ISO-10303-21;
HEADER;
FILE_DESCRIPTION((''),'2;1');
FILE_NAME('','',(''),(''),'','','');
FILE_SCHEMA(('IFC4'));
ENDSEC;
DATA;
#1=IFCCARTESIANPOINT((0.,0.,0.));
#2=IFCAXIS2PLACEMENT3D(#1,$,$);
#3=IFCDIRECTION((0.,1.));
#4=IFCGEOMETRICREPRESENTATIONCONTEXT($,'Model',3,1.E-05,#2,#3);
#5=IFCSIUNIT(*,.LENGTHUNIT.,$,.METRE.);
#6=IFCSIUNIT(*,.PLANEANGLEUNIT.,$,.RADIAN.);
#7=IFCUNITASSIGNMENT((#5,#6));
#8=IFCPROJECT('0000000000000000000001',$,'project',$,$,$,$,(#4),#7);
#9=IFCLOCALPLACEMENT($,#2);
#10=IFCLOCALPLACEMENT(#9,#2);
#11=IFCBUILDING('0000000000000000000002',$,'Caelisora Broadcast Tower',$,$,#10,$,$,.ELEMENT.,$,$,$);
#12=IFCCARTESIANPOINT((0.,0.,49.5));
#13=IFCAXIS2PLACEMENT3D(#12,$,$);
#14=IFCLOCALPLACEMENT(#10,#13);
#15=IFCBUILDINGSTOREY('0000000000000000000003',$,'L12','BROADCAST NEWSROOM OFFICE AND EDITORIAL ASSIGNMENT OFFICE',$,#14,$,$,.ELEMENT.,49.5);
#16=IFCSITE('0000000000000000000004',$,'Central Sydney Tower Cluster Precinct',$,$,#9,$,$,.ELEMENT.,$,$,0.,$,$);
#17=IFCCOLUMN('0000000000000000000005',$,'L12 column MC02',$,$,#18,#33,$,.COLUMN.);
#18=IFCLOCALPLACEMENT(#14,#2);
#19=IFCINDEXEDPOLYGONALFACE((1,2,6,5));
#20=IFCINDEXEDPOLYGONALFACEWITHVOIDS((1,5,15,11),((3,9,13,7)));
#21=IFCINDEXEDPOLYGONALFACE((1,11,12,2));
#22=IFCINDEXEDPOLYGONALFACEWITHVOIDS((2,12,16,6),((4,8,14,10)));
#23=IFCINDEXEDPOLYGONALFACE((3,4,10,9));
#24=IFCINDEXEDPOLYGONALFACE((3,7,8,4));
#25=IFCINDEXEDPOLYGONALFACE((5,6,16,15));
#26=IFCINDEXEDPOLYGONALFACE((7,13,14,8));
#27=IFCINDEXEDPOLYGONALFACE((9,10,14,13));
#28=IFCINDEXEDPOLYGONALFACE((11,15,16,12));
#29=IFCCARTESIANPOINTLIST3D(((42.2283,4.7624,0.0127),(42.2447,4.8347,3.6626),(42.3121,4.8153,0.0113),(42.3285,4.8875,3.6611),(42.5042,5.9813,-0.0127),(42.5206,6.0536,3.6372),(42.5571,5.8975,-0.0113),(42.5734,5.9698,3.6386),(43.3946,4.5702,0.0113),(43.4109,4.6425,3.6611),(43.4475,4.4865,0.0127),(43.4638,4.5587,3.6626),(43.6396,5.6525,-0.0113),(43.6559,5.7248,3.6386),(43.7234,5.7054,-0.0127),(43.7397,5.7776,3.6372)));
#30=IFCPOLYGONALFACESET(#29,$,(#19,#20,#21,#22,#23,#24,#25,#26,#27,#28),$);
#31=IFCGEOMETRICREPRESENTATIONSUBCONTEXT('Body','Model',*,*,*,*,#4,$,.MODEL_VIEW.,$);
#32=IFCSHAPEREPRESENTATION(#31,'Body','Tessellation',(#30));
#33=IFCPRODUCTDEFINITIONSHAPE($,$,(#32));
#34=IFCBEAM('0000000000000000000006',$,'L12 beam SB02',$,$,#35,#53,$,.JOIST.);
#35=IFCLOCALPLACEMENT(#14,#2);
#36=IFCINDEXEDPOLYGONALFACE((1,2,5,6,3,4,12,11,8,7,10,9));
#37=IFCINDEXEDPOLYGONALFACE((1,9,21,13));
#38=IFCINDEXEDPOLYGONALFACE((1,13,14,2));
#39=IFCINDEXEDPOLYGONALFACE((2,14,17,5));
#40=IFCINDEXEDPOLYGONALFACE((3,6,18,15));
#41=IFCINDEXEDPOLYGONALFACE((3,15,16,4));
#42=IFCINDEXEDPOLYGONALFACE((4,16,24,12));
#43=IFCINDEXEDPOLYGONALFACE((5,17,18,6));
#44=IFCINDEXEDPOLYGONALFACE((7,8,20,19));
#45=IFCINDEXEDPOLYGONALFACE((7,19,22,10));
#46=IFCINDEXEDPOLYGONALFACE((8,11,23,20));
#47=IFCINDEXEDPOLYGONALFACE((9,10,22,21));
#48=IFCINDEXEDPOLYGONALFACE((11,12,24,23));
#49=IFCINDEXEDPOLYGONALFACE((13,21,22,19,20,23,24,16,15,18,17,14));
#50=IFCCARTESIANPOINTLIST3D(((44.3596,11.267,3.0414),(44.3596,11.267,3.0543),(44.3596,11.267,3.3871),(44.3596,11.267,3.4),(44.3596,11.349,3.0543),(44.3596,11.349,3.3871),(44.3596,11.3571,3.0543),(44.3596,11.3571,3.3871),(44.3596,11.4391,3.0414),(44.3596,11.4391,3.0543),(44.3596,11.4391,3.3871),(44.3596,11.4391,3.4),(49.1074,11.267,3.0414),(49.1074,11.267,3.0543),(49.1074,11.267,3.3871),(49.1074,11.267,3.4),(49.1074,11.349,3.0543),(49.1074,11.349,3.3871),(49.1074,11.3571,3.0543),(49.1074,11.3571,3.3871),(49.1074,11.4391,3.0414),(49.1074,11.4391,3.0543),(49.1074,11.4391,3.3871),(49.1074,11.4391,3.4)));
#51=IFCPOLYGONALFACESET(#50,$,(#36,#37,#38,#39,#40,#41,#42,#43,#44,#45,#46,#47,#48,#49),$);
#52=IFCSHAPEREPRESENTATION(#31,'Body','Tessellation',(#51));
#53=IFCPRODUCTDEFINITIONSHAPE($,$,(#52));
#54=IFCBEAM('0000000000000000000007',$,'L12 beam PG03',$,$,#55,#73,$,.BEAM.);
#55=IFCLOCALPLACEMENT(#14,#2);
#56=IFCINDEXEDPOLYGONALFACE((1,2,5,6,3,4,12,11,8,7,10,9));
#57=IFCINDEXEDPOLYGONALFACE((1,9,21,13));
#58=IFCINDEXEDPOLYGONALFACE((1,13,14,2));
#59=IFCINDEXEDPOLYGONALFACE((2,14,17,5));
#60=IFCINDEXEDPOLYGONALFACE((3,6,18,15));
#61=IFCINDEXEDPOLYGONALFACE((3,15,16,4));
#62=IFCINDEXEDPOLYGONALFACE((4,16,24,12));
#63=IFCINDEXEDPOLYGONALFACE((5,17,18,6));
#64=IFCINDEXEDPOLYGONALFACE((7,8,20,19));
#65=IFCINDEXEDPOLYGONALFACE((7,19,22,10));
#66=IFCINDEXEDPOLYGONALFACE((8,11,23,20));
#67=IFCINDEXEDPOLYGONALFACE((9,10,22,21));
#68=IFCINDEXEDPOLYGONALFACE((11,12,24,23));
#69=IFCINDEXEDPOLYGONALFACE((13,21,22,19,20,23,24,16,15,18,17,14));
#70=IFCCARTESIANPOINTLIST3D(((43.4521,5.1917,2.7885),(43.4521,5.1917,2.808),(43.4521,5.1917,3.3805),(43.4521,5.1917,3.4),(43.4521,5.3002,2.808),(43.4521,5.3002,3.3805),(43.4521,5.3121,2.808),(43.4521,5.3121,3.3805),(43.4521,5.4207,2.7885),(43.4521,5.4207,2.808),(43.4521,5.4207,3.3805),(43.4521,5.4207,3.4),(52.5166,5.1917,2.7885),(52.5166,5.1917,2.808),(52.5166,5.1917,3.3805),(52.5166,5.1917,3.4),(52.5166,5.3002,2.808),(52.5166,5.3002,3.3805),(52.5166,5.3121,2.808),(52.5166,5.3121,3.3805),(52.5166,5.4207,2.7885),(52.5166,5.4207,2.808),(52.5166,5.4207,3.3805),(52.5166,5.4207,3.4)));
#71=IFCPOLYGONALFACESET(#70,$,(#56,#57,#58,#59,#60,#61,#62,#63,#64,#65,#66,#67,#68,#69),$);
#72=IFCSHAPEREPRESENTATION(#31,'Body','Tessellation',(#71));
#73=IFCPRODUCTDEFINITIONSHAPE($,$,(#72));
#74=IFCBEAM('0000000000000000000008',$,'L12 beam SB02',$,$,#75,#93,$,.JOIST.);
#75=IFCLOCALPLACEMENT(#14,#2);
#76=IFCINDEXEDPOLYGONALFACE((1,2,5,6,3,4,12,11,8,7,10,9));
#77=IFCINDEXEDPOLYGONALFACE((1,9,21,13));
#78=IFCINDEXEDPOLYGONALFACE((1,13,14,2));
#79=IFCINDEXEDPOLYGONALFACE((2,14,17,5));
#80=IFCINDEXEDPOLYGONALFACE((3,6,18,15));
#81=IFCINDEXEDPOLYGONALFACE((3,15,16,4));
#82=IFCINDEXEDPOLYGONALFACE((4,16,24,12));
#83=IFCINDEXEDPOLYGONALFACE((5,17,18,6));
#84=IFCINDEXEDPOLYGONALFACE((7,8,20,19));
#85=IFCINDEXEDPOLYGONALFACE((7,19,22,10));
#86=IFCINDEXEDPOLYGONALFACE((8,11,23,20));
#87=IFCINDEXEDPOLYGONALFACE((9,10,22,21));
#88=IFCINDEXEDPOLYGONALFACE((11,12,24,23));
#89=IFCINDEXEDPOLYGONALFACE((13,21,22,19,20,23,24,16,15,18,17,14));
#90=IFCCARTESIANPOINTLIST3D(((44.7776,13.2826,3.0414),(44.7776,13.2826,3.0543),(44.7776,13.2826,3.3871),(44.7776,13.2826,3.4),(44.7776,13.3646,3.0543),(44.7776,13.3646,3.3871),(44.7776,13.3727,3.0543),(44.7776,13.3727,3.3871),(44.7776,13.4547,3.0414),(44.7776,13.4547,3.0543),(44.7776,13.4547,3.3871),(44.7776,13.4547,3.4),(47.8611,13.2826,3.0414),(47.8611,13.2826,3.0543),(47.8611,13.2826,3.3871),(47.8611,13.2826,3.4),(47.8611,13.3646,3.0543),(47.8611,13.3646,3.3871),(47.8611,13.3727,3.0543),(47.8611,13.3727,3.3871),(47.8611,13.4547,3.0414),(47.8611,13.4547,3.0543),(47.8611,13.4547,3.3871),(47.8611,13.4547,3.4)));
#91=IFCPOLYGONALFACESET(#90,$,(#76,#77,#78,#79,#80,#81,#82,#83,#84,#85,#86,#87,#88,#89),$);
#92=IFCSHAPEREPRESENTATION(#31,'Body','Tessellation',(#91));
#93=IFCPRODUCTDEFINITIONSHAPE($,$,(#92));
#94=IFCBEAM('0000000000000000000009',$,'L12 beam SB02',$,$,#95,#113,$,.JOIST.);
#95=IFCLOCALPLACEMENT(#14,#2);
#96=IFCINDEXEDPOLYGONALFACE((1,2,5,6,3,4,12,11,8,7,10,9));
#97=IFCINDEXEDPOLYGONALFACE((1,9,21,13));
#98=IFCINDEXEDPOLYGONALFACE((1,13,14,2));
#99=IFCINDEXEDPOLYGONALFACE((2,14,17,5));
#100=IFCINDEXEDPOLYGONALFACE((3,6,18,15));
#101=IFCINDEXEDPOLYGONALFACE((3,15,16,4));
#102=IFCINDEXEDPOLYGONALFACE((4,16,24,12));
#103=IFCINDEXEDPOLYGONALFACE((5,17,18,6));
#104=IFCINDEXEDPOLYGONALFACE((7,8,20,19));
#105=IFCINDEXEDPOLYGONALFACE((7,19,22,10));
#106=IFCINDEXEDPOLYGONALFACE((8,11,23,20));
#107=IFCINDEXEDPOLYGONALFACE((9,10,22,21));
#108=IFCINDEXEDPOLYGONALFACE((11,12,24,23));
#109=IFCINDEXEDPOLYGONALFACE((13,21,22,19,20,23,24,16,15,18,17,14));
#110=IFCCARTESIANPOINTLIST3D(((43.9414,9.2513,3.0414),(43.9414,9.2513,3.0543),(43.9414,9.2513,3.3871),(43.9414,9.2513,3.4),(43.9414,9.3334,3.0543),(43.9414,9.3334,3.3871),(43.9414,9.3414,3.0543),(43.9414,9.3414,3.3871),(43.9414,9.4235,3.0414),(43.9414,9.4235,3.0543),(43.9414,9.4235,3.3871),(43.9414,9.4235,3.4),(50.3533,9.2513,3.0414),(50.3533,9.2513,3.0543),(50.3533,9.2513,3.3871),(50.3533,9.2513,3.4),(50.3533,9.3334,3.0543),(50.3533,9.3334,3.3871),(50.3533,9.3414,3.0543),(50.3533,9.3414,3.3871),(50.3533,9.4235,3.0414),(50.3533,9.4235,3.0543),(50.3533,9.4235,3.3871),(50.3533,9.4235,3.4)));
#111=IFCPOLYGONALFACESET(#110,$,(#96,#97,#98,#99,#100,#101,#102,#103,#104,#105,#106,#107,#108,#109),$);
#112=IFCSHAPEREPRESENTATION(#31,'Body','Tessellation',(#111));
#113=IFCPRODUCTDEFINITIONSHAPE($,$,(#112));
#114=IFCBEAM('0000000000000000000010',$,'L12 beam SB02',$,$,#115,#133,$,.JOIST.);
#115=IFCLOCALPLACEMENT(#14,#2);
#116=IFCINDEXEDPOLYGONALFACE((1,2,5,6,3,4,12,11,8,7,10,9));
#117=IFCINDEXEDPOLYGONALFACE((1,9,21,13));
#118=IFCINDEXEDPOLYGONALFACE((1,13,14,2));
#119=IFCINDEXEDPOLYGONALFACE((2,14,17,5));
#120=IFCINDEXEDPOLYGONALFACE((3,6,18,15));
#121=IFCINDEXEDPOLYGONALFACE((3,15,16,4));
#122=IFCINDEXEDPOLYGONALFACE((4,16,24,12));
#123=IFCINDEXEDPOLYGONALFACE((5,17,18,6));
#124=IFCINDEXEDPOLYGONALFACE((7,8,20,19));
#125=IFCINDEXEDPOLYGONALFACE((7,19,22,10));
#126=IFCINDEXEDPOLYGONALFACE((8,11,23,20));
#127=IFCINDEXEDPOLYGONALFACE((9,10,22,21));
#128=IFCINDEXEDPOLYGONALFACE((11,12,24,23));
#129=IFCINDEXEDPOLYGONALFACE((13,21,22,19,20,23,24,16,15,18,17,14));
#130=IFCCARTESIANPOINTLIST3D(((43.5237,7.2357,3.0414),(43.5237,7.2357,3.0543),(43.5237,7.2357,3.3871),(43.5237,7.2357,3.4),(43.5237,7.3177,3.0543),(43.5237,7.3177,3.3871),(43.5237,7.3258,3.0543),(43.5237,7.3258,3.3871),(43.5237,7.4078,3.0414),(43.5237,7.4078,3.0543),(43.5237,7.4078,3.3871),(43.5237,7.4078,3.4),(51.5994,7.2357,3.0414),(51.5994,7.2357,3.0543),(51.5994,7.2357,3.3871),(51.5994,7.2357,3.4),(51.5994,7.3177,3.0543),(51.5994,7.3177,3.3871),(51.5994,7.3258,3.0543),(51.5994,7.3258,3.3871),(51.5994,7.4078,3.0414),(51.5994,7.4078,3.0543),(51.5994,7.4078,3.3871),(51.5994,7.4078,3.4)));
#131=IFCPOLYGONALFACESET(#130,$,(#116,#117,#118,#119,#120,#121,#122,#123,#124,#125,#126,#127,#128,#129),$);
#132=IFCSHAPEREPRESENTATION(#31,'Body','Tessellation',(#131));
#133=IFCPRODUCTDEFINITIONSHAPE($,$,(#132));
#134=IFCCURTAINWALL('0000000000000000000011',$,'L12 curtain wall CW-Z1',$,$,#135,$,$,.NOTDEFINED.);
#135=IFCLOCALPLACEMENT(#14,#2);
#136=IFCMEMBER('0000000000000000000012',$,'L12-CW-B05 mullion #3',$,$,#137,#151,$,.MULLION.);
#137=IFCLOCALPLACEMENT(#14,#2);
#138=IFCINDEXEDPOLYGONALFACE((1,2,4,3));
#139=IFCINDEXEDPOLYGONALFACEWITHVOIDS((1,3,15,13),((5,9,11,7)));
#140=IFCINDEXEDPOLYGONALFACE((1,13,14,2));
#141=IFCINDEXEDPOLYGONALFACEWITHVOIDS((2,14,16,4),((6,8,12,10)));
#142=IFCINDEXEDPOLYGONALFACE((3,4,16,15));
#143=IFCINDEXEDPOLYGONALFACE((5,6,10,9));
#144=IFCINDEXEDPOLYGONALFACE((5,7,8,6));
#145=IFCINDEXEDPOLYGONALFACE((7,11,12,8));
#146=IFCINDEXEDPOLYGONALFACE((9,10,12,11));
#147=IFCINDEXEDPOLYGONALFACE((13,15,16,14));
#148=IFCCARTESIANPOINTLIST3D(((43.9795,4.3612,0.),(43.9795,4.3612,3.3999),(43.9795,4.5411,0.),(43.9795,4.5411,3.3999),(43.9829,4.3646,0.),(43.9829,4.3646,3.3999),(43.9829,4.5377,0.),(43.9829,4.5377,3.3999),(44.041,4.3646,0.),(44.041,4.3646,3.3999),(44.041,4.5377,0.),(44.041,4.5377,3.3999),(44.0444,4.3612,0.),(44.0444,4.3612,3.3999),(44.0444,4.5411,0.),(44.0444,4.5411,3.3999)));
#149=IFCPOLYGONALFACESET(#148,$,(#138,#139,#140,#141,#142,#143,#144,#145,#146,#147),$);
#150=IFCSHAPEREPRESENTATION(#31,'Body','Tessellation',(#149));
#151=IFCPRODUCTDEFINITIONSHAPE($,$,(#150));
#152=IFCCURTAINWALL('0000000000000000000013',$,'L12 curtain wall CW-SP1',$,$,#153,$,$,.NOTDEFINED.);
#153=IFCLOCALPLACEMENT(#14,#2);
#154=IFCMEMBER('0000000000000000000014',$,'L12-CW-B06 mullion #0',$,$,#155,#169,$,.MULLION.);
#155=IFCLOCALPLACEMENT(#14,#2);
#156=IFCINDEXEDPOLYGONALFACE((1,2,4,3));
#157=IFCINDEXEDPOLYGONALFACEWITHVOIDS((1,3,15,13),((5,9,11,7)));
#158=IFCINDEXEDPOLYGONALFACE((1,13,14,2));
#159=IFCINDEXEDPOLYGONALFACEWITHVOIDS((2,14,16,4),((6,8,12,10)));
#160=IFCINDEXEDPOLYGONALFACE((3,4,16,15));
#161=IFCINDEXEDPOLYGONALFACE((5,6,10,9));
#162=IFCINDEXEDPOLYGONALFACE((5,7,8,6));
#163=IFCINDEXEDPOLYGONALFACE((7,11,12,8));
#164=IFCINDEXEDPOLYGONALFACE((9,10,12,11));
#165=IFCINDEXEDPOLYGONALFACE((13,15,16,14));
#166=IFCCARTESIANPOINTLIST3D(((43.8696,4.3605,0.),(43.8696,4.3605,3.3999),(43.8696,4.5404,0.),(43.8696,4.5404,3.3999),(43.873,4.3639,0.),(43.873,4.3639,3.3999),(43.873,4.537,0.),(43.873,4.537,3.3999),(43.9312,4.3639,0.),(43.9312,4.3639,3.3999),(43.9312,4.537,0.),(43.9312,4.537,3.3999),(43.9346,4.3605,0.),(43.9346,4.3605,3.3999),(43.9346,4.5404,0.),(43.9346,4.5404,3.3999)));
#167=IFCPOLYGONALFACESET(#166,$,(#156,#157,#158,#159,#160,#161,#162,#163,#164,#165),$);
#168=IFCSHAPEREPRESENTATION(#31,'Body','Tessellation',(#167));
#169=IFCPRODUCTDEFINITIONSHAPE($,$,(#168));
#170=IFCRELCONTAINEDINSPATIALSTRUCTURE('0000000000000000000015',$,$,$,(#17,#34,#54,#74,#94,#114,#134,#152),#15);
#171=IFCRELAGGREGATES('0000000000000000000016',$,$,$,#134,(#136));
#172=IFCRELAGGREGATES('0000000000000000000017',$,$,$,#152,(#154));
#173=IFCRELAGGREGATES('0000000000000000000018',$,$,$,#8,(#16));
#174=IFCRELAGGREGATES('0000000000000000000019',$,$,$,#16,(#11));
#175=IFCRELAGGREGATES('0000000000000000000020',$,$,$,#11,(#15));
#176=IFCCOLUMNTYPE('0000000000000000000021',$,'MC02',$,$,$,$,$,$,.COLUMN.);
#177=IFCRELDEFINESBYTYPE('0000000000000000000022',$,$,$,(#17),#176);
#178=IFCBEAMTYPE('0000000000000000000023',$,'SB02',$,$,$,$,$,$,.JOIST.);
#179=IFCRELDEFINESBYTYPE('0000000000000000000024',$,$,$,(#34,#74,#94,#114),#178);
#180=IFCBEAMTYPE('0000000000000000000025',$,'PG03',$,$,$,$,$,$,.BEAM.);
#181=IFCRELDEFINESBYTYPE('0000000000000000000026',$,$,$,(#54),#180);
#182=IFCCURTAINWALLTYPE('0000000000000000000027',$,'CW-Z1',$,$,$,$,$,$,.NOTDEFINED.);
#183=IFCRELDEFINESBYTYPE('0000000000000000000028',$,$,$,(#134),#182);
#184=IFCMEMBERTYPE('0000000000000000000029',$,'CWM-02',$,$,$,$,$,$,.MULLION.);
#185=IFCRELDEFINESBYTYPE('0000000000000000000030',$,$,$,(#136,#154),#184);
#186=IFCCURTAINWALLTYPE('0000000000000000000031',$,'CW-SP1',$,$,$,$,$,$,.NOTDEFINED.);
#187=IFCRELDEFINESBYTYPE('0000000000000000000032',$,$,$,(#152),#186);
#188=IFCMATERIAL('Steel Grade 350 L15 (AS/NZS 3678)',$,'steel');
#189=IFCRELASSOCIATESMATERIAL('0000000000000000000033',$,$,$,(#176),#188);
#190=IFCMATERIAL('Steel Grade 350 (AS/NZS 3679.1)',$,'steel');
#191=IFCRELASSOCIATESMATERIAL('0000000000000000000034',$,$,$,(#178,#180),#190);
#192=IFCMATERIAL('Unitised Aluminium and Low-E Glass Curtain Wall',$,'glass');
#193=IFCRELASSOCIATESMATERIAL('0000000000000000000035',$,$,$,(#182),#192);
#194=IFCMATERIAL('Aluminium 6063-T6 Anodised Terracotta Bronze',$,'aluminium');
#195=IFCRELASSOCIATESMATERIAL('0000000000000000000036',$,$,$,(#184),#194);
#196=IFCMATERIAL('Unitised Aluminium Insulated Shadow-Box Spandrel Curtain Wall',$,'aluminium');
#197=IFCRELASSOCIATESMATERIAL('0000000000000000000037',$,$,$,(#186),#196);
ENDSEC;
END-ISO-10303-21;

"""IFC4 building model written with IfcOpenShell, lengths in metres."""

from ifc_helpers import new_model, si_unit, direction, frame, origin, origin_2d, place, context, subcontext, project, spatial, hollow_rectangle, i_section, extrude, source, transform, mapped, material, material_profile, profile_set, type_object, type_shapes, element, aggregate, save


model = new_model("IFC4")

# Units and contexts
model_context = context("Model", 3, precision=1e-05, world=origin(), true_north=direction((0.0, 1.0)))
body_context = subcontext(model_context, "Body", "Model", "MODEL_VIEW")
ifc_project = project(units=[si_unit("LENGTHUNIT", "METRE"), si_unit("PLANEANGLEUNIT", "RADIAN")], contexts=[model_context])

# Site, building, storey
site_placement = place(None, origin())
site = spatial("IfcSite", under=ifc_project, at=site_placement, Name="Central Sydney Tower Cluster Precinct", CompositionType="ELEMENT", RefElevation=0.0)
building_placement = place(site_placement, origin())
building = spatial("IfcBuilding", under=site, at=building_placement, Name="Caelisora Broadcast Tower", CompositionType="ELEMENT")
storey_placement = place(building_placement, frame((0.0, 0.0, 49.5)))
storey = spatial("IfcBuildingStorey", under=building, at=storey_placement, Name="L12", Description="BROADCAST NEWSROOM OFFICE AND EDITORIAL ASSIGNMENT OFFICE", CompositionType="ELEMENT", Elevation=49.5)

# Column
ifc_material_1 = material(Name="Steel Grade 350 L15 (AS/NZS 3678)", Category="steel")
ifc_material_profile_1 = material_profile(ifc_material_1, hollow_rectangle(XDim=1.25, YDim=1.25, WallThickness=0.0701, at=origin_2d()), Name="Steel Grade 350 L15 (AS/NZS 3678)")
ifc_profile_set_1 = profile_set([ifc_material_profile_1], Name="Steel Grade 350 L15 (AS/NZS 3678)")
column_type = type_object("IfcColumnType", Name="MC02", PredefinedType="COLUMN", material=ifc_profile_set_1)
shared_shape_1 = source(origin(), body_context, "Body", "SweptSolid", [
    extrude(hollow_rectangle(XDim=1.25, YDim=1.25, WallThickness=0.0701, at=origin_2d()), origin(), (0.0, 0.0, 1.0), 3.6506),
])
type_shapes(column_type, [shared_shape_1])
column_placement = place(storey_placement, frame((42.9758, 5.2339, 0.0), z_axis=(0.004481, 0.019795, 0.999794), x_axis=(-0.975327, 0.220767, 0.0)))
element("IfcColumn", 1, at=column_placement, inside=storey, type_object=column_type, Name="L12 column MC02", PredefinedType="COLUMN", context=body_context, shape_type="MappedRepresentation", body=[
    mapped(shared_shape_1, transform((0.0, 0.0, 0.0), scale=1.0)),
])

# Beams
ifc_material_2 = material(Name="Steel Grade 350 (AS/NZS 3679.1)", Category="steel")
ifc_material_profile_2 = material_profile(ifc_material_2, i_section(OverallWidth=0.1721, OverallDepth=0.3586, WebThickness=0.0081, FlangeThickness=0.0129, at=origin_2d()), Name="Steel Grade 350 (AS/NZS 3679.1)")
ifc_profile_set_2 = profile_set([ifc_material_profile_2], Name="Steel Grade 350 (AS/NZS 3679.1)")
beam_type_1 = type_object("IfcBeamType", Name="SB02", PredefinedType="JOIST", material=ifc_profile_set_2)
shared_shape_2 = source(origin(), body_context, "Body", "SweptSolid", [
    extrude(i_section(OverallWidth=0.1721, OverallDepth=0.3586, WebThickness=0.0081, FlangeThickness=0.0129, at=origin_2d()), origin(), (0.0, 0.0, 1.0), 4.7478),
])
beam_1_placement = place(storey_placement, frame((44.3596, 11.353, 3.2207), z_axis=(1.0, 0.0, 0.0), x_axis=(0.0, 1.0, 0.0)))
element("IfcBeam", 2, at=beam_1_placement, inside=storey, type_object=beam_type_1, Name="L12 beam SB02", PredefinedType="JOIST", context=body_context, shape_type="MappedRepresentation", body=[
    mapped(shared_shape_2, transform((0.0, 0.0, 0.0), scale=1.0)),
])
ifc_material_profile_3 = material_profile(ifc_material_2, i_section(OverallWidth=0.229, OverallDepth=0.6116, WebThickness=0.012, FlangeThickness=0.0195, at=origin_2d()), Name="Steel Grade 350 (AS/NZS 3679.1)")
ifc_profile_set_3 = profile_set([ifc_material_profile_3], Name="Steel Grade 350 (AS/NZS 3679.1)")
beam_type_2 = type_object("IfcBeamType", Name="PG03", PredefinedType="BEAM", material=ifc_profile_set_3)
shared_shape_3 = source(origin(), body_context, "Body", "SweptSolid", [
    extrude(i_section(OverallWidth=0.229, OverallDepth=0.6116, WebThickness=0.012, FlangeThickness=0.0195, at=origin_2d()), origin(), (0.0, 0.0, 1.0), 9.0645),
])
type_shapes(beam_type_2, [shared_shape_3])
beam_2_placement = place(storey_placement, frame((43.4521, 5.3062, 3.0942), z_axis=(1.0, 0.0, 0.0), x_axis=(0.0, 1.0, 0.0)))
element("IfcBeam", 3, at=beam_2_placement, inside=storey, type_object=beam_type_2, Name="L12 beam PG03", PredefinedType="BEAM", context=body_context, shape_type="MappedRepresentation", body=[
    mapped(shared_shape_3, transform((0.0, 0.0, 0.0), scale=1.0)),
])
shared_shape_4 = source(origin(), body_context, "Body", "SweptSolid", [
    extrude(i_section(OverallWidth=0.1721, OverallDepth=0.3586, WebThickness=0.0081, FlangeThickness=0.0129, at=origin_2d()), origin(), (0.0, 0.0, 1.0), 3.0835),
])
beam_3_placement = place(storey_placement, frame((44.7776, 13.3687, 3.2207), z_axis=(1.0, 0.0, 0.0), x_axis=(0.0, 1.0, 0.0)))
element("IfcBeam", 4, at=beam_3_placement, inside=storey, type_object=beam_type_1, Name="L12 beam SB02", PredefinedType="JOIST", context=body_context, shape_type="MappedRepresentation", body=[
    mapped(shared_shape_4, transform((0.0, 0.0, 0.0), scale=1.0)),
])
shared_shape_5 = source(origin(), body_context, "Body", "SweptSolid", [
    extrude(i_section(OverallWidth=0.1721, OverallDepth=0.3586, WebThickness=0.0081, FlangeThickness=0.0129, at=origin_2d()), origin(), (0.0, 0.0, 1.0), 6.4119),
])
beam_4_placement = place(storey_placement, frame((43.9414, 9.3374, 3.2207), z_axis=(1.0, 0.0, 0.0), x_axis=(0.0, 1.0, 0.0)))
element("IfcBeam", 5, at=beam_4_placement, inside=storey, type_object=beam_type_1, Name="L12 beam SB02", PredefinedType="JOIST", context=body_context, shape_type="MappedRepresentation", body=[
    mapped(shared_shape_5, transform((0.0, 0.0, 0.0), scale=1.0)),
])
shared_shape_6 = source(origin(), body_context, "Body", "SweptSolid", [
    extrude(i_section(OverallWidth=0.1721, OverallDepth=0.3586, WebThickness=0.0081, FlangeThickness=0.0129, at=origin_2d()), origin(), (0.0, 0.0, 1.0), 8.0757),
])
type_shapes(beam_type_1, [shared_shape_2, shared_shape_4, shared_shape_5, shared_shape_6])
beam_5_placement = place(storey_placement, frame((43.5237, 7.3218, 3.2207), z_axis=(1.0, 0.0, 0.0), x_axis=(0.0, 1.0, 0.0)))
element("IfcBeam", 6, at=beam_5_placement, inside=storey, type_object=beam_type_1, Name="L12 beam SB02", PredefinedType="JOIST", context=body_context, shape_type="MappedRepresentation", body=[
    mapped(shared_shape_6, transform((0.0, 0.0, 0.0), scale=1.0)),
])

# Curtain wall, member
ifc_material_3 = material(Name="Unitised Aluminium and Low-E Glass Curtain Wall", Category="glass")
curtain_wall_type_1 = type_object("IfcCurtainWallType", Name="CW-Z1", PredefinedType="NOTDEFINED", material=ifc_material_3)
curtain_wall_1_placement = place(storey_placement, origin())
curtain_wall_1 = element("IfcCurtainWall", 7, at=curtain_wall_1_placement, inside=storey, type_object=curtain_wall_type_1, Name="L12 curtain wall CW-Z1", PredefinedType="NOTDEFINED")
ifc_material_4 = material(Name="Aluminium 6063-T6 Anodised Terracotta Bronze", Category="aluminium")
ifc_material_profile_4 = material_profile(ifc_material_4, hollow_rectangle(XDim=0.0649, YDim=0.1799, WallThickness=0.0034, at=origin_2d()), Name="Aluminium 6063-T6 Anodised Terracotta Bronze")
ifc_profile_set_4 = profile_set([ifc_material_profile_4], Name="Aluminium 6063-T6 Anodised Terracotta Bronze")
member_type_1 = type_object("IfcMemberType", Name="CWM-02", PredefinedType="MULLION", material=ifc_profile_set_4)
shared_shape_7 = source(origin(), body_context, "Body", "SweptSolid", [
    extrude(hollow_rectangle(XDim=0.0649, YDim=0.1799, WallThickness=0.0034, at=origin_2d()), origin(), (0.0, 0.0, 1.0), 3.3999),
])
type_shapes(member_type_1, [shared_shape_7])
member_1_placement = place(storey_placement, frame((44.012, 4.4512, 0.0), z_axis=(0.0, 0.0, 1.0), x_axis=(1.0, 0.0, 0.0)))
member_1 = element("IfcMember", 8, at=member_1_placement, type_object=member_type_1, Name="L12-CW-B05 mullion #3", PredefinedType="MULLION", context=body_context, shape_type="MappedRepresentation", body=[
    mapped(shared_shape_7, transform((0.0, 0.0, 0.0), scale=1.0)),
])
aggregate(curtain_wall_1, [member_1])

# Curtain wall, member
ifc_material_5 = material(Name="Unitised Aluminium Insulated Shadow-Box Spandrel Curtain Wall", Category="aluminium")
curtain_wall_type_2 = type_object("IfcCurtainWallType", Name="CW-SP1", PredefinedType="NOTDEFINED", material=ifc_material_5)
curtain_wall_2_placement = place(storey_placement, origin())
curtain_wall_2 = element("IfcCurtainWall", 9, at=curtain_wall_2_placement, inside=storey, type_object=curtain_wall_type_2, Name="L12 curtain wall CW-SP1", PredefinedType="NOTDEFINED")
member_2_placement = place(storey_placement, frame((43.9021, 4.4504, 0.0), z_axis=(0.0, 0.0, 1.0), x_axis=(1.0, 0.0, 0.0)))
member_2 = element("IfcMember", 10, at=member_2_placement, type_object=member_type_1, Name="L12-CW-B06 mullion #0", PredefinedType="MULLION", context=body_context, shape_type="MappedRepresentation", body=[
    mapped(shared_shape_7, transform((0.0, 0.0, 0.0), scale=1.0)),
])

aggregate(curtain_wall_2, [member_2])

save(model, "model.ifc")
